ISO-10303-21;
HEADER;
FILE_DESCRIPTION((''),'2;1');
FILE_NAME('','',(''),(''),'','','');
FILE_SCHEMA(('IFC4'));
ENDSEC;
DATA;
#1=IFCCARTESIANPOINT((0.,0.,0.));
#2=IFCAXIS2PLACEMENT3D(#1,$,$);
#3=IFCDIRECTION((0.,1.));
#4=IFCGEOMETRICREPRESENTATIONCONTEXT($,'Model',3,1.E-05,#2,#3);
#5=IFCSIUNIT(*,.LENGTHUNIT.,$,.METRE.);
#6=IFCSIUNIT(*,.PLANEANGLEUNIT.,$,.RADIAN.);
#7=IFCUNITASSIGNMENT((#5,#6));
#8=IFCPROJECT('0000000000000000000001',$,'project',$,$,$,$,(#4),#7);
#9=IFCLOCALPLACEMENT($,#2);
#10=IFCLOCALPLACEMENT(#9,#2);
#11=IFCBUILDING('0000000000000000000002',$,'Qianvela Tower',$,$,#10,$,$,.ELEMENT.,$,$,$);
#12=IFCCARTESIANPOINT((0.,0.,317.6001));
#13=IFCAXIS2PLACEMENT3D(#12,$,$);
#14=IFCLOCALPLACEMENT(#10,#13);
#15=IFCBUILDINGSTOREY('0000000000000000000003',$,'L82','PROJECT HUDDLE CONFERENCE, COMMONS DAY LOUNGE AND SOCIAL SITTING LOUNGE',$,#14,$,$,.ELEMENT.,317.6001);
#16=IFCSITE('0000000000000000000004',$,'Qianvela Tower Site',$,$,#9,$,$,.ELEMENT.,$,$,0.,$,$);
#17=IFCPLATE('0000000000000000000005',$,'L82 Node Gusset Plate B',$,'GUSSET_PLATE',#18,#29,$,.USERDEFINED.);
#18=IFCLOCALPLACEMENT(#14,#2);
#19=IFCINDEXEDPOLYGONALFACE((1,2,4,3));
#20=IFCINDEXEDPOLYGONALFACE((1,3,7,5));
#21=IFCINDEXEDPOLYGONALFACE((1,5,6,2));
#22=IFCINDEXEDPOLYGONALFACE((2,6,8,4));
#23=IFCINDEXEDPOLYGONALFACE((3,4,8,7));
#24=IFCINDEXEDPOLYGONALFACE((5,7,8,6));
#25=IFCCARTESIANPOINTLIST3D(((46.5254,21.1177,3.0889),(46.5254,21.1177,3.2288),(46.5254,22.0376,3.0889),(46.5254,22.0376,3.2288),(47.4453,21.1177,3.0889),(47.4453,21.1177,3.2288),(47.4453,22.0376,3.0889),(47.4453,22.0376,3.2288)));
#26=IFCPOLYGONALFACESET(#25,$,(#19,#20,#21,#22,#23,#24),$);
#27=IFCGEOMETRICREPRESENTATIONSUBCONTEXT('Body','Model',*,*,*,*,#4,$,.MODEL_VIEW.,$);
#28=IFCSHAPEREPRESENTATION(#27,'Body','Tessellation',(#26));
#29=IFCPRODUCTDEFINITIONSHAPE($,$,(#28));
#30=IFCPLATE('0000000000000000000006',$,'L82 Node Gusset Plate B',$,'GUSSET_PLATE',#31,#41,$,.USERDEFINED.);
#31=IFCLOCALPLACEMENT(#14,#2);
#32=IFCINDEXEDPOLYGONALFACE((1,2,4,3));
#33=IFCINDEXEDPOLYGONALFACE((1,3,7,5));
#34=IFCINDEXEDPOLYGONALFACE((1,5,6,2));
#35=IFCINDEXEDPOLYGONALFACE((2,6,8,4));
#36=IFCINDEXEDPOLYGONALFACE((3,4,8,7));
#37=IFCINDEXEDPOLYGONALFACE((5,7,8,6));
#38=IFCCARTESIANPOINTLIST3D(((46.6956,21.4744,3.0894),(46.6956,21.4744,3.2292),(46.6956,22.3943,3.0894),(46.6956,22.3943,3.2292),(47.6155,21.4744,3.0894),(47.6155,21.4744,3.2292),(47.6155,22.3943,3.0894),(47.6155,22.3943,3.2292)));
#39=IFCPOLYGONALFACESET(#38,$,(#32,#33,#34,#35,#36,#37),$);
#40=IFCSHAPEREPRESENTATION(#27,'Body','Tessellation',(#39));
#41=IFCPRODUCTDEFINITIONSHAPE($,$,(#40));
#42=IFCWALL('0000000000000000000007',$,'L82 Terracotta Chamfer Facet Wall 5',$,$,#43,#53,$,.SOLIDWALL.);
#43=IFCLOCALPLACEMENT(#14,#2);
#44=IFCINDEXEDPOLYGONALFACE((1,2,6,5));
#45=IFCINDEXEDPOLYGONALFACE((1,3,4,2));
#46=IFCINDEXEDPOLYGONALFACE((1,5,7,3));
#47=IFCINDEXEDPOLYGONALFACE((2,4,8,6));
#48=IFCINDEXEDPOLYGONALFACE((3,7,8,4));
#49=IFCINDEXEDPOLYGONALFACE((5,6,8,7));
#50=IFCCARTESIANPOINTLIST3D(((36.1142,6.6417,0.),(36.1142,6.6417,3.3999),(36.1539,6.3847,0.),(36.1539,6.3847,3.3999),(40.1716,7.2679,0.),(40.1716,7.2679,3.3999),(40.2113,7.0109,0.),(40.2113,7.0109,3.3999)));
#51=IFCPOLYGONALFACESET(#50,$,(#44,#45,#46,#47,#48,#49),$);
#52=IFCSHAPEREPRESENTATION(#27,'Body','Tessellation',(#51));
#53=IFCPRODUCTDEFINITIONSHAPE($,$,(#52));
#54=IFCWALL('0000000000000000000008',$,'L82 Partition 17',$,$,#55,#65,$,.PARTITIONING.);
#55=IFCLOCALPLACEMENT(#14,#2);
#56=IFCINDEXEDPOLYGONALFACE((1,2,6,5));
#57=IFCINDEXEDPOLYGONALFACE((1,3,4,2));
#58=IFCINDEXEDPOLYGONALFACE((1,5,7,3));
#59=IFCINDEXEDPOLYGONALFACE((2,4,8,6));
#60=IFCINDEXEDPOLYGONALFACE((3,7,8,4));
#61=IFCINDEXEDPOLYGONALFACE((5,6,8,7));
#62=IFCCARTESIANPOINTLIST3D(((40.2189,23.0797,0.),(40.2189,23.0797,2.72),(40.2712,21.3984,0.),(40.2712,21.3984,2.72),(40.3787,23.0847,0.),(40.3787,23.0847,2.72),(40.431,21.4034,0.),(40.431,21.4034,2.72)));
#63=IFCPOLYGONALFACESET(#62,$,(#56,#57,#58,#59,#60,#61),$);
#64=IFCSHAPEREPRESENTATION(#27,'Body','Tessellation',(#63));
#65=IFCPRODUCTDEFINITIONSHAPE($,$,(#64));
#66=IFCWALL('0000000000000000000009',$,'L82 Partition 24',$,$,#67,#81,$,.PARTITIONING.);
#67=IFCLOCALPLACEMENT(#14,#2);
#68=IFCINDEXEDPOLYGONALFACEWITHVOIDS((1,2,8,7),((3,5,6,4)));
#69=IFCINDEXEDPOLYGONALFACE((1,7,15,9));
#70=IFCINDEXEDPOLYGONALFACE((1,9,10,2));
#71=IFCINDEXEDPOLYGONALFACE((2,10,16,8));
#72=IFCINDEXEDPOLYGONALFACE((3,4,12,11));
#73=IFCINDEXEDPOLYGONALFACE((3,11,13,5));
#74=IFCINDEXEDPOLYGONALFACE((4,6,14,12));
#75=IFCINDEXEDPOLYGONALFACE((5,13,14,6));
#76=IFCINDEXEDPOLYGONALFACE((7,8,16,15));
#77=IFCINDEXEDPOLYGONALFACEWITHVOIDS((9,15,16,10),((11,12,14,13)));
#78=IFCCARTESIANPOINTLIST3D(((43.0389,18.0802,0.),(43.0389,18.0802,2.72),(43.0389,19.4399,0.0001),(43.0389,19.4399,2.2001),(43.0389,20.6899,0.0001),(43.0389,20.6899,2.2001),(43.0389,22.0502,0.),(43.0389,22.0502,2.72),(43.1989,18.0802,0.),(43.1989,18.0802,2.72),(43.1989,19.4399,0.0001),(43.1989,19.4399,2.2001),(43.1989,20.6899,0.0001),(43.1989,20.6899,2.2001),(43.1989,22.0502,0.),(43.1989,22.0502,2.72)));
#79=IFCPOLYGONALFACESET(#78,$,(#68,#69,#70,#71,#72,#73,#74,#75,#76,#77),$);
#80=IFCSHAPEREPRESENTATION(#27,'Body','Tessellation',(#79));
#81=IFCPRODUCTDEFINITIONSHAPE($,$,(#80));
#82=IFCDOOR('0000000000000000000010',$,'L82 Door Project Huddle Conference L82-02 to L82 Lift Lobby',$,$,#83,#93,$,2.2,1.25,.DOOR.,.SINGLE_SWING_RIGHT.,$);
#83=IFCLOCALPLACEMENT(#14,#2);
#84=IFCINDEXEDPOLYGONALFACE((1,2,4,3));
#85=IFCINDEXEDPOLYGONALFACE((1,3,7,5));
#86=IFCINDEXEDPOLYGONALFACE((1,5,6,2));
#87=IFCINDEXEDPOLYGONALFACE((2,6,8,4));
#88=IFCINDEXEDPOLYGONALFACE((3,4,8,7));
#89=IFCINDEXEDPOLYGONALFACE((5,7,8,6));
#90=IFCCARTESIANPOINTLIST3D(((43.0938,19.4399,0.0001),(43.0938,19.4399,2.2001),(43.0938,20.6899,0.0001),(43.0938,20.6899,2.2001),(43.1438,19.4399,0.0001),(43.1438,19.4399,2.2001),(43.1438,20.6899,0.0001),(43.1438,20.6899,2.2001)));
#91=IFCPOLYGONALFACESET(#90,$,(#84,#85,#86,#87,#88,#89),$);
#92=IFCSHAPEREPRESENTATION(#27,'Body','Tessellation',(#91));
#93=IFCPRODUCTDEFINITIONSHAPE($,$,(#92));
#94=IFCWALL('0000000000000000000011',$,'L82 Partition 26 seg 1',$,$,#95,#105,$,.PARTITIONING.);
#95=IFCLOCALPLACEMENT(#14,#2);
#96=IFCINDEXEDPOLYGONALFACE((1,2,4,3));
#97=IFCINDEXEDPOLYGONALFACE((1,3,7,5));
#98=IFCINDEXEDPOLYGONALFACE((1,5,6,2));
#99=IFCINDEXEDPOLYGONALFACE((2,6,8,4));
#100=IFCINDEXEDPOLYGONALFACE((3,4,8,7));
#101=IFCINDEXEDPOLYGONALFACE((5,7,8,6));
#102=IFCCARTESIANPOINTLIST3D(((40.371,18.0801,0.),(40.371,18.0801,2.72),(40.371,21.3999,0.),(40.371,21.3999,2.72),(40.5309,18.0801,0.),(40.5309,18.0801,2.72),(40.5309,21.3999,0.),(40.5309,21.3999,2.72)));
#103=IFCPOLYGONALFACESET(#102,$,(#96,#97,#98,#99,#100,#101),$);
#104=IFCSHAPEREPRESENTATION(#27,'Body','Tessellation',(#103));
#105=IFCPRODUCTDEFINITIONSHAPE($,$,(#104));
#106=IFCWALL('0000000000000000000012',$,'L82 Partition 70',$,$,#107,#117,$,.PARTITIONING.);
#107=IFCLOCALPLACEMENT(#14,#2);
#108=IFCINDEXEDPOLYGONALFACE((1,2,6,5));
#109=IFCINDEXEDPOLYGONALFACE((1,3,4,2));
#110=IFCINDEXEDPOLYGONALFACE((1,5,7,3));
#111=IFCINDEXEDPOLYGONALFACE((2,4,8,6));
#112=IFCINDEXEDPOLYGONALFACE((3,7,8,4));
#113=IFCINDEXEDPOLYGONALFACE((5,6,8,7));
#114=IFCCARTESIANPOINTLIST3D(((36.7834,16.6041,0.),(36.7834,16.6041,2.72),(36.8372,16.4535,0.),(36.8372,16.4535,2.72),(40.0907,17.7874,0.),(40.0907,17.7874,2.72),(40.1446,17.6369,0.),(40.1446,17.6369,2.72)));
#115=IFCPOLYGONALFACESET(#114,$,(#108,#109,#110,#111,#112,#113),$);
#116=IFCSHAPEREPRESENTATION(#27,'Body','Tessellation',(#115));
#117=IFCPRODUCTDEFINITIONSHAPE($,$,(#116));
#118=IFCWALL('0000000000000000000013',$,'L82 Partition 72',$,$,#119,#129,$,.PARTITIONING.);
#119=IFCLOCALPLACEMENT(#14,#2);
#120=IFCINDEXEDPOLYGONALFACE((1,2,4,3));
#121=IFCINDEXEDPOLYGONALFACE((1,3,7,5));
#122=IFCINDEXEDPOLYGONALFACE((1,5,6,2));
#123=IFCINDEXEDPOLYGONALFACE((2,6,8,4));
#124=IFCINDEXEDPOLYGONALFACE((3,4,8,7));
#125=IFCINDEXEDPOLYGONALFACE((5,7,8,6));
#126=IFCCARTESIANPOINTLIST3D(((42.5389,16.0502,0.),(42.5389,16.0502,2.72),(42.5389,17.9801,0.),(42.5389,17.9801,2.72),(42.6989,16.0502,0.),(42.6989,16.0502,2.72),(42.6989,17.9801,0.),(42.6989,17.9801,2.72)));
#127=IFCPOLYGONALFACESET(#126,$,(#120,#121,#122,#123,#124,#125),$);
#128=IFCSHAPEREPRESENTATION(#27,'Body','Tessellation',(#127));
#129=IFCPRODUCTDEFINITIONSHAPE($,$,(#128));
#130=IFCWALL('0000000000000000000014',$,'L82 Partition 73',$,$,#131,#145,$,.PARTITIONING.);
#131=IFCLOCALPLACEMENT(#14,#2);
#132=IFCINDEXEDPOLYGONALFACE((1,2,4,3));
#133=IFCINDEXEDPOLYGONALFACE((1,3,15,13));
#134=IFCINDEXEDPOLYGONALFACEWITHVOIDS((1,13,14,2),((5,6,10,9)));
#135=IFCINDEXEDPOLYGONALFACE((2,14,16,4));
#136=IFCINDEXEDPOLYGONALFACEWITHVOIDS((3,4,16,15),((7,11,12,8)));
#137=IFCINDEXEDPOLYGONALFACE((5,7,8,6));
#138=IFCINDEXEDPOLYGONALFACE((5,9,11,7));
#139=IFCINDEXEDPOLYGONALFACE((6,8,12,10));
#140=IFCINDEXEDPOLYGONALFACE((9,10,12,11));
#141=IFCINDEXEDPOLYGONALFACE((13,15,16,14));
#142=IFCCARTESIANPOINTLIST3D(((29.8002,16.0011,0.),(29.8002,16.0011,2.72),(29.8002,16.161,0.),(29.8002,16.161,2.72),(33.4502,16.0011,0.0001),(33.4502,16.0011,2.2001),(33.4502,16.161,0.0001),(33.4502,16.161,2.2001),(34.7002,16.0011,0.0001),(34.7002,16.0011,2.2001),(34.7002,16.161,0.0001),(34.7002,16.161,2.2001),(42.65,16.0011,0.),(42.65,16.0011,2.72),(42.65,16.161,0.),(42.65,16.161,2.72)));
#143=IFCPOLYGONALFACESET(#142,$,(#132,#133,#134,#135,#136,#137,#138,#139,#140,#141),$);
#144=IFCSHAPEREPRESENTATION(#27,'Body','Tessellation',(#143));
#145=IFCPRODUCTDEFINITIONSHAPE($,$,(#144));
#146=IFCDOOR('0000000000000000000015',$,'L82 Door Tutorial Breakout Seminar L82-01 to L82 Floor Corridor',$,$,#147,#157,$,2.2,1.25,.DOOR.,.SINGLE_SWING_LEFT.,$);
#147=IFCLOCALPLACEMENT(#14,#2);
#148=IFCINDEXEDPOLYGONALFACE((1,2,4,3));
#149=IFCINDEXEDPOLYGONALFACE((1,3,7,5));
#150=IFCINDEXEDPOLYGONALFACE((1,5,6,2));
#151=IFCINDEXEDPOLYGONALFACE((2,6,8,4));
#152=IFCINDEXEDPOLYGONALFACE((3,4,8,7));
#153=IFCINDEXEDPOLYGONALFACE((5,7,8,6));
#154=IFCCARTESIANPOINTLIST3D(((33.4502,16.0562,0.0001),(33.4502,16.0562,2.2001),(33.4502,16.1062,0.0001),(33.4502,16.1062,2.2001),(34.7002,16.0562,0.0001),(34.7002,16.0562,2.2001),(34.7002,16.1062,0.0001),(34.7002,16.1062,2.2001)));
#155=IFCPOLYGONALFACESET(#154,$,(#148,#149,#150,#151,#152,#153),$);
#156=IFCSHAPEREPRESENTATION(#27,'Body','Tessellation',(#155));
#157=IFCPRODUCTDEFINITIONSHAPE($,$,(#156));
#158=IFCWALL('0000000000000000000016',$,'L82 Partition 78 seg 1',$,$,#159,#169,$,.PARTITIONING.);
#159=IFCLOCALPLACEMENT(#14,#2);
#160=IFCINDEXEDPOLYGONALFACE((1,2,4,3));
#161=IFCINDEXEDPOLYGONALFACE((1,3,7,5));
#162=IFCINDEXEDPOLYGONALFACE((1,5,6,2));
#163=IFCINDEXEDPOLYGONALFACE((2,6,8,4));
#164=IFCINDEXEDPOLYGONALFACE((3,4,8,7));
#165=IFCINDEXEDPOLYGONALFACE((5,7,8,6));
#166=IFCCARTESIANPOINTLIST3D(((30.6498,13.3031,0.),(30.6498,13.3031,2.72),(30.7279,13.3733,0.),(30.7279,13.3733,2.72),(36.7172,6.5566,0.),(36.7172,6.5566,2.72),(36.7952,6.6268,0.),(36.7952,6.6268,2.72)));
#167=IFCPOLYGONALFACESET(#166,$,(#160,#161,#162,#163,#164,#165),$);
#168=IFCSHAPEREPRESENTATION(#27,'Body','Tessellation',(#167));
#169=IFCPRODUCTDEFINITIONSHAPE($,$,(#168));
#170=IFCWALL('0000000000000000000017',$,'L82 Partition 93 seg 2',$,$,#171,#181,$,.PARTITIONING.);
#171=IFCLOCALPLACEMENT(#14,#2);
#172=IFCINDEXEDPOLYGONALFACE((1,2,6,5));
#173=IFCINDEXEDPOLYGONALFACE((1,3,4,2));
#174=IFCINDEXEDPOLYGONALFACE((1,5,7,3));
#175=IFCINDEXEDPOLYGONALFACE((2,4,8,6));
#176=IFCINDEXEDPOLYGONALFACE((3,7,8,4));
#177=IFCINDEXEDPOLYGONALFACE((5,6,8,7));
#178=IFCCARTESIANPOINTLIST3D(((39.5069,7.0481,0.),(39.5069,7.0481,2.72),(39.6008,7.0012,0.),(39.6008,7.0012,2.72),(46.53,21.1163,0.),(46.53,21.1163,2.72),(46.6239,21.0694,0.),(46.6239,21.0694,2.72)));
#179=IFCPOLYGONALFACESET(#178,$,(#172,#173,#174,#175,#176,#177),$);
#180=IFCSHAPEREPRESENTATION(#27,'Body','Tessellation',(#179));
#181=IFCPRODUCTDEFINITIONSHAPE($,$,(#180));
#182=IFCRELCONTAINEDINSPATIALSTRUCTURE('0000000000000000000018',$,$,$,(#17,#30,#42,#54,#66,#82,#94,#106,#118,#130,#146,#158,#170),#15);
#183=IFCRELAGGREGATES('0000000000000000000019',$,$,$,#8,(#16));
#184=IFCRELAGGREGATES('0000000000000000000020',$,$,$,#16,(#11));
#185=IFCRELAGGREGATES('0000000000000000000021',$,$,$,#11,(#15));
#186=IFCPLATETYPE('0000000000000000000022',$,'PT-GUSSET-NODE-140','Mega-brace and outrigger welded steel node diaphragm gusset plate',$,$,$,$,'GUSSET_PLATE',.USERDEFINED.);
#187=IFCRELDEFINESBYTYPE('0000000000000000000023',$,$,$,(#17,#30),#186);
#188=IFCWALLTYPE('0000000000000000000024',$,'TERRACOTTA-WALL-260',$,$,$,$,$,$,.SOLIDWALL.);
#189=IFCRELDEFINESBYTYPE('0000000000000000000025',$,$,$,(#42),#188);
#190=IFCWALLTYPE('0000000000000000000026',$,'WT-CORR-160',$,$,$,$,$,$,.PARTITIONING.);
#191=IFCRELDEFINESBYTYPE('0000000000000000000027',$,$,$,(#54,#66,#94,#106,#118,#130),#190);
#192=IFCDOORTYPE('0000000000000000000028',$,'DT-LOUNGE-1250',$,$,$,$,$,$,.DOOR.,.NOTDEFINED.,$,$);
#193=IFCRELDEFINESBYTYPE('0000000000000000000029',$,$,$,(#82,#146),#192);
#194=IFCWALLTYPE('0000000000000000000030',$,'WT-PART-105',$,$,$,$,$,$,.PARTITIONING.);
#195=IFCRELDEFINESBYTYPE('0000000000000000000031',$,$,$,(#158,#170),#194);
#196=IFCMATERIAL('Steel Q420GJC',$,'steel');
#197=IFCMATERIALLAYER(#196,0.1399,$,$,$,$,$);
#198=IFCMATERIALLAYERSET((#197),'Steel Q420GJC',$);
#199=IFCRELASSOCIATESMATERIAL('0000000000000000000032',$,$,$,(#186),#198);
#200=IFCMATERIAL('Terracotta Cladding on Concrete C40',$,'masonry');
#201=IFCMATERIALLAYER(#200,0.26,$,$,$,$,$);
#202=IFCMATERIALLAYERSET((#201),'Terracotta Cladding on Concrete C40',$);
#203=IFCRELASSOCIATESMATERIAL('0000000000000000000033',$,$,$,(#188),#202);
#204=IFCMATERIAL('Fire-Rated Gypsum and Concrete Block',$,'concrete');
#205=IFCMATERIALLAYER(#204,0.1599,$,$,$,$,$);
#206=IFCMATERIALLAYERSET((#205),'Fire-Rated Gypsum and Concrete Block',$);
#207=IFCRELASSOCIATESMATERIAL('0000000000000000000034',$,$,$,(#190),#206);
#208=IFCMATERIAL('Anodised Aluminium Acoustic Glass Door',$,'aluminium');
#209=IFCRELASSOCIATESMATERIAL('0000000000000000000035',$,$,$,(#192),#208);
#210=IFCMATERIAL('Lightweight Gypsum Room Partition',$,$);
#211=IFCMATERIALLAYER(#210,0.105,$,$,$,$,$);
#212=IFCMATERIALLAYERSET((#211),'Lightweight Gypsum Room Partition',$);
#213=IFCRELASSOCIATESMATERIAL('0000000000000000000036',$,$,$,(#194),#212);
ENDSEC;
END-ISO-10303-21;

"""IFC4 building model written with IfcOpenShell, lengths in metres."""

from ifc_helpers import new_model, si_unit, direction, frame, frame_2d, origin, origin_2d, place, context, subcontext, project, spatial, rectangle, extrude, material, layer, layer_set, type_object, element, fill, save


model = new_model("IFC4")

# Units and contexts
model_context = context("Model", 3, precision=1e-05, world=origin(), true_north=direction((0.0, 1.0)))
body_context = subcontext(model_context, "Body", "Model", "MODEL_VIEW")
ifc_project = project(units=[si_unit("LENGTHUNIT", "METRE"), si_unit("PLANEANGLEUNIT", "RADIAN")], contexts=[model_context])

# Site, building, storey
site_placement = place(None, origin())
site = spatial("IfcSite", under=ifc_project, at=site_placement, Name="Qianvela Tower Site", CompositionType="ELEMENT", RefElevation=0.0)
building_placement = place(site_placement, origin())
building = spatial("IfcBuilding", under=site, at=building_placement, Name="Qianvela Tower", CompositionType="ELEMENT")
storey_placement = place(building_placement, frame((0.0, 0.0, 317.6001)))
storey = spatial("IfcBuildingStorey", under=building, at=storey_placement, Name="L82", Description="PROJECT HUDDLE CONFERENCE, COMMONS DAY LOUNGE AND SOCIAL SITTING LOUNGE", CompositionType="ELEMENT", Elevation=317.6001)

# Plates
ifc_material_1 = material(Name="Steel Q420GJC", Category="steel")
ifc_layer_1 = layer(ifc_material_1, 0.1399)
ifc_layer_set_1 = layer_set([ifc_layer_1], Name="Steel Q420GJC")
plate_type_1 = type_object("IfcPlateType", Name="PT-GUSSET-NODE-140", Description="Mega-brace and outrigger welded steel node diaphragm gusset plate", ElementType="GUSSET_PLATE", PredefinedType="USERDEFINED", material=ifc_layer_set_1)
for number, where, z_axis, x_axis, name in (
    (1, (46.9854, 21.5776, 3.0889), (0.0, 0.0, 1.0), (1.0, 0.0, 0.0), "L82 Node Gusset Plate B"),
    (2, (47.1555, 21.9343, 3.0894), (0.0, 0.0, 1.0), (1.0, 0.0, 0.0), "L82 Node Gusset Plate B"),
):
    element("IfcPlate", number, at=place(storey_placement, frame(where, z_axis=z_axis, x_axis=x_axis)), inside=storey, type_object=plate_type_1, Name=name, ObjectType="GUSSET_PLATE", PredefinedType="USERDEFINED", context=body_context, shape_type="SweptSolid", body=[
        extrude(rectangle(XDim=0.9199, YDim=0.9199, at=origin_2d()), origin(), (0.0, 0.0, 1.0), 0.1399),
    ])

# Walls
ifc_material_2 = material(Name="Terracotta Cladding on Concrete C40", Category="masonry")
ifc_layer_2 = layer(ifc_material_2, 0.26)
ifc_layer_set_2 = layer_set([ifc_layer_2], Name="Terracotta Cladding on Concrete C40")
wall_type_1 = type_object("IfcWallType", Name="TERRACOTTA-WALL-260", PredefinedType="SOLIDWALL", material=ifc_layer_set_2)
wall_1_placement = place(storey_placement, frame((36.134, 6.5132, 0.0), z_axis=(0.0, 0.0, 1.0), x_axis=(0.988298, 0.152535, 0.0)))
element("IfcWall", 3, at=wall_1_placement, inside=storey, type_object=wall_type_1, Name="L82 Terracotta Chamfer Facet Wall 5", PredefinedType="SOLIDWALL", context=body_context, shape_type="SweptSolid", body=[
    extrude(rectangle(XDim=4.1055, YDim=0.26, at=frame_2d((2.0527, 0.0))), origin(), (0.0, 0.0, 1.0), 3.3999),
])
ifc_material_3 = material(Name="Fire-Rated Gypsum and Concrete Block", Category="concrete")
ifc_layer_3 = layer(ifc_material_3, 0.1599)
ifc_layer_set_3 = layer_set([ifc_layer_3], Name="Fire-Rated Gypsum and Concrete Block")
wall_type_2 = type_object("IfcWallType", Name="WT-CORR-160", PredefinedType="PARTITIONING", material=ifc_layer_set_3)
wall_2_placement = place(storey_placement, frame((40.3511, 21.4009, 0.0), z_axis=(0.0, 0.0, 1.0), x_axis=(-0.031058, 0.999518, 0.0)))
element("IfcWall", 4, at=wall_2_placement, inside=storey, type_object=wall_type_2, Name="L82 Partition 17", PredefinedType="PARTITIONING", context=body_context, shape_type="SweptSolid", body=[
    extrude(rectangle(XDim=1.6821, YDim=0.1599, at=frame_2d((0.8411, 0.0))), origin(), (0.0, 0.0, 1.0), 2.72),
])

# Wall, opening, door
wall_3_placement = place(storey_placement, frame((43.1189, 22.05, 0.0), z_axis=(0.0, 0.0, 1.0), x_axis=(0.0, -1.0, 0.0)))
wall_3 = element("IfcWall", 5, at=wall_3_placement, inside=storey, type_object=wall_type_2, Name="L82 Partition 24", PredefinedType="PARTITIONING", context=body_context, shape_type="SweptSolid", body=[
    extrude(rectangle(XDim=3.97, YDim=0.1599, at=frame_2d((1.9849, 0.0))), origin(), (0.0, 0.0, 1.0), 2.72),
])
opening_1_placement = place(wall_3_placement, frame((1.3601, 0.0, 0.0)))
opening_1 = element("IfcOpeningElement", 6, at=opening_1_placement, cuts=wall_3, PredefinedType="OPENING", context=body_context, shape_type="SweptSolid", body=[
    extrude(rectangle(XDim=1.25, YDim=2.2, at=frame_2d((0.625, 1.1001))), frame((0.0, 0.0898, 0.0), z_axis=(0.0, -1.0, 0.0), x_axis=(1.0, 0.0, 0.0)), (0.0, 0.0, 1.0), 0.1799),
])
ifc_material_4 = material(Name="Anodised Aluminium Acoustic Glass Door", Category="aluminium")
door_type_1 = type_object("IfcDoorType", Name="DT-LOUNGE-1250", OperationType="NOTDEFINED", PredefinedType="DOOR", material=ifc_material_4)
door_1_placement = place(opening_1_placement, origin())
door_1 = element("IfcDoor", 7, at=door_1_placement, inside=storey, type_object=door_type_1, Name="L82 Door Project Huddle Conference L82-02 to L82 Lift Lobby", OperationType="SINGLE_SWING_RIGHT", OverallHeight=2.2, OverallWidth=1.25, PredefinedType="DOOR", context=body_context, shape_type="SweptSolid", body=[
    extrude(rectangle(XDim=1.25, YDim=2.2, at=frame_2d((0.625, 1.1001))), frame((0.0, 0.0249, 0.0), z_axis=(0.0, -1.0, 0.0), x_axis=(1.0, 0.0, 0.0)), (0.0, 0.0, 1.0), 0.05),
])
fill(opening_1, door_1)

# Walls
wall_4_placement = place(storey_placement, frame((40.4509, 18.0801, 0.0), z_axis=(0.0, 0.0, 1.0), x_axis=(0.0, 1.0, 0.0)))
element("IfcWall", 8, at=wall_4_placement, inside=storey, type_object=wall_type_2, Name="L82 Partition 26 seg 1", PredefinedType="PARTITIONING", context=body_context, shape_type="SweptSolid", body=[
    extrude(rectangle(XDim=3.3198, YDim=0.1599, at=frame_2d((1.6599, 0.0))), origin(), (0.0, 0.0, 1.0), 2.72),
])
wall_5_placement = place(storey_placement, frame((36.8103, 16.5288, 0.0), z_axis=(0.0, 0.0, 1.0), x_axis=(0.941548, 0.336878, 0.0)))
element("IfcWall", 9, at=wall_5_placement, inside=storey, type_object=wall_type_2, Name="L82 Partition 70", PredefinedType="PARTITIONING", context=body_context, shape_type="SweptSolid", body=[
    extrude(rectangle(XDim=3.5127, YDim=0.1599, at=frame_2d((1.7563, 0.0))), origin(), (0.0, 0.0, 1.0), 2.72),
])
wall_6_placement = place(storey_placement, frame((42.6189, 17.98, 0.0), z_axis=(0.0, 0.0, 1.0), x_axis=(0.0, -1.0, 0.0)))
element("IfcWall", 10, at=wall_6_placement, inside=storey, type_object=wall_type_2, Name="L82 Partition 72", PredefinedType="PARTITIONING", context=body_context, shape_type="SweptSolid", body=[
    extrude(rectangle(XDim=1.9299, YDim=0.1599, at=frame_2d((0.9648, 0.0))), origin(), (0.0, 0.0, 1.0), 2.72),
])

# Wall, opening, door
wall_7_placement = place(storey_placement, frame((42.6499, 16.0811, 0.0), z_axis=(0.0, 0.0, 1.0), x_axis=(-1.0, 0.0, 0.0)))
wall_7 = element("IfcWall", 11, at=wall_7_placement, inside=storey, type_object=wall_type_2, Name="L82 Partition 73", PredefinedType="PARTITIONING", context=body_context, shape_type="SweptSolid", body=[
    extrude(rectangle(XDim=12.8499, YDim=0.1599, at=frame_2d((6.4248, 0.0))), origin(), (0.0, 0.0, 1.0), 2.72),
])
opening_2_placement = place(wall_7_placement, frame((7.9497, 0.0, 0.0)))
opening_2 = element("IfcOpeningElement", 12, at=opening_2_placement, cuts=wall_7, PredefinedType="OPENING", context=body_context, shape_type="SweptSolid", body=[
    extrude(rectangle(XDim=1.25, YDim=2.2, at=frame_2d((0.625, 1.1001))), frame((0.0, 0.0898, 0.0), z_axis=(0.0, -1.0, 0.0), x_axis=(1.0, 0.0, 0.0)), (0.0, 0.0, 1.0), 0.1799),
])
door_2_placement = place(opening_2_placement, origin())
door_2 = element("IfcDoor", 13, at=door_2_placement, inside=storey, type_object=door_type_1, Name="L82 Door Tutorial Breakout Seminar L82-01 to L82 Floor Corridor", OperationType="SINGLE_SWING_LEFT", OverallHeight=2.2, OverallWidth=1.25, PredefinedType="DOOR", context=body_context, shape_type="SweptSolid", body=[
    extrude(rectangle(XDim=1.25, YDim=2.2, at=frame_2d((0.625, 1.1001))), frame((0.0, 0.0249, 0.0), z_axis=(0.0, -1.0, 0.0), x_axis=(1.0, 0.0, 0.0)), (0.0, 0.0, 1.0), 0.05),
])
fill(opening_2, door_2)

# Walls
ifc_material_5 = material(Name="Lightweight Gypsum Room Partition")
ifc_layer_4 = layer(ifc_material_5, 0.105)
ifc_layer_set_4 = layer_set([ifc_layer_4], Name="Lightweight Gypsum Room Partition")
wall_type_3 = type_object("IfcWallType", Name="WT-PART-105", PredefinedType="PARTITIONING", material=ifc_layer_set_4)
wall_8_placement = place(storey_placement, frame((36.7561, 6.5918, 0.0), z_axis=(0.0, 0.0, 1.0), x_axis=(-0.668688, 0.743543, 0.0)))
element("IfcWall", 14, at=wall_8_placement, inside=storey, type_object=wall_type_3, Name="L82 Partition 78 seg 1", PredefinedType="PARTITIONING", context=body_context, shape_type="SweptSolid", body=[
    extrude(rectangle(XDim=9.0735, YDim=0.105, at=frame_2d((4.5366, 0.0))), origin(), (0.0, 0.0, 1.0), 2.72),
])
wall_9_placement = place(storey_placement, frame((46.5769, 21.0928, 0.0), z_axis=(0.0, 0.0, 1.0), x_axis=(-0.446655, -0.894706, 0.0)))
element("IfcWall", 15, at=wall_9_placement, inside=storey, type_object=wall_type_3, Name="L82 Partition 93 seg 2", PredefinedType="PARTITIONING", context=body_context, shape_type="SweptSolid", body=[
    extrude(rectangle(XDim=15.7239, YDim=0.105, at=frame_2d((7.8618, 0.0))), origin(), (0.0, 0.0, 1.0), 2.72),
])

save(model, "model.ifc")
